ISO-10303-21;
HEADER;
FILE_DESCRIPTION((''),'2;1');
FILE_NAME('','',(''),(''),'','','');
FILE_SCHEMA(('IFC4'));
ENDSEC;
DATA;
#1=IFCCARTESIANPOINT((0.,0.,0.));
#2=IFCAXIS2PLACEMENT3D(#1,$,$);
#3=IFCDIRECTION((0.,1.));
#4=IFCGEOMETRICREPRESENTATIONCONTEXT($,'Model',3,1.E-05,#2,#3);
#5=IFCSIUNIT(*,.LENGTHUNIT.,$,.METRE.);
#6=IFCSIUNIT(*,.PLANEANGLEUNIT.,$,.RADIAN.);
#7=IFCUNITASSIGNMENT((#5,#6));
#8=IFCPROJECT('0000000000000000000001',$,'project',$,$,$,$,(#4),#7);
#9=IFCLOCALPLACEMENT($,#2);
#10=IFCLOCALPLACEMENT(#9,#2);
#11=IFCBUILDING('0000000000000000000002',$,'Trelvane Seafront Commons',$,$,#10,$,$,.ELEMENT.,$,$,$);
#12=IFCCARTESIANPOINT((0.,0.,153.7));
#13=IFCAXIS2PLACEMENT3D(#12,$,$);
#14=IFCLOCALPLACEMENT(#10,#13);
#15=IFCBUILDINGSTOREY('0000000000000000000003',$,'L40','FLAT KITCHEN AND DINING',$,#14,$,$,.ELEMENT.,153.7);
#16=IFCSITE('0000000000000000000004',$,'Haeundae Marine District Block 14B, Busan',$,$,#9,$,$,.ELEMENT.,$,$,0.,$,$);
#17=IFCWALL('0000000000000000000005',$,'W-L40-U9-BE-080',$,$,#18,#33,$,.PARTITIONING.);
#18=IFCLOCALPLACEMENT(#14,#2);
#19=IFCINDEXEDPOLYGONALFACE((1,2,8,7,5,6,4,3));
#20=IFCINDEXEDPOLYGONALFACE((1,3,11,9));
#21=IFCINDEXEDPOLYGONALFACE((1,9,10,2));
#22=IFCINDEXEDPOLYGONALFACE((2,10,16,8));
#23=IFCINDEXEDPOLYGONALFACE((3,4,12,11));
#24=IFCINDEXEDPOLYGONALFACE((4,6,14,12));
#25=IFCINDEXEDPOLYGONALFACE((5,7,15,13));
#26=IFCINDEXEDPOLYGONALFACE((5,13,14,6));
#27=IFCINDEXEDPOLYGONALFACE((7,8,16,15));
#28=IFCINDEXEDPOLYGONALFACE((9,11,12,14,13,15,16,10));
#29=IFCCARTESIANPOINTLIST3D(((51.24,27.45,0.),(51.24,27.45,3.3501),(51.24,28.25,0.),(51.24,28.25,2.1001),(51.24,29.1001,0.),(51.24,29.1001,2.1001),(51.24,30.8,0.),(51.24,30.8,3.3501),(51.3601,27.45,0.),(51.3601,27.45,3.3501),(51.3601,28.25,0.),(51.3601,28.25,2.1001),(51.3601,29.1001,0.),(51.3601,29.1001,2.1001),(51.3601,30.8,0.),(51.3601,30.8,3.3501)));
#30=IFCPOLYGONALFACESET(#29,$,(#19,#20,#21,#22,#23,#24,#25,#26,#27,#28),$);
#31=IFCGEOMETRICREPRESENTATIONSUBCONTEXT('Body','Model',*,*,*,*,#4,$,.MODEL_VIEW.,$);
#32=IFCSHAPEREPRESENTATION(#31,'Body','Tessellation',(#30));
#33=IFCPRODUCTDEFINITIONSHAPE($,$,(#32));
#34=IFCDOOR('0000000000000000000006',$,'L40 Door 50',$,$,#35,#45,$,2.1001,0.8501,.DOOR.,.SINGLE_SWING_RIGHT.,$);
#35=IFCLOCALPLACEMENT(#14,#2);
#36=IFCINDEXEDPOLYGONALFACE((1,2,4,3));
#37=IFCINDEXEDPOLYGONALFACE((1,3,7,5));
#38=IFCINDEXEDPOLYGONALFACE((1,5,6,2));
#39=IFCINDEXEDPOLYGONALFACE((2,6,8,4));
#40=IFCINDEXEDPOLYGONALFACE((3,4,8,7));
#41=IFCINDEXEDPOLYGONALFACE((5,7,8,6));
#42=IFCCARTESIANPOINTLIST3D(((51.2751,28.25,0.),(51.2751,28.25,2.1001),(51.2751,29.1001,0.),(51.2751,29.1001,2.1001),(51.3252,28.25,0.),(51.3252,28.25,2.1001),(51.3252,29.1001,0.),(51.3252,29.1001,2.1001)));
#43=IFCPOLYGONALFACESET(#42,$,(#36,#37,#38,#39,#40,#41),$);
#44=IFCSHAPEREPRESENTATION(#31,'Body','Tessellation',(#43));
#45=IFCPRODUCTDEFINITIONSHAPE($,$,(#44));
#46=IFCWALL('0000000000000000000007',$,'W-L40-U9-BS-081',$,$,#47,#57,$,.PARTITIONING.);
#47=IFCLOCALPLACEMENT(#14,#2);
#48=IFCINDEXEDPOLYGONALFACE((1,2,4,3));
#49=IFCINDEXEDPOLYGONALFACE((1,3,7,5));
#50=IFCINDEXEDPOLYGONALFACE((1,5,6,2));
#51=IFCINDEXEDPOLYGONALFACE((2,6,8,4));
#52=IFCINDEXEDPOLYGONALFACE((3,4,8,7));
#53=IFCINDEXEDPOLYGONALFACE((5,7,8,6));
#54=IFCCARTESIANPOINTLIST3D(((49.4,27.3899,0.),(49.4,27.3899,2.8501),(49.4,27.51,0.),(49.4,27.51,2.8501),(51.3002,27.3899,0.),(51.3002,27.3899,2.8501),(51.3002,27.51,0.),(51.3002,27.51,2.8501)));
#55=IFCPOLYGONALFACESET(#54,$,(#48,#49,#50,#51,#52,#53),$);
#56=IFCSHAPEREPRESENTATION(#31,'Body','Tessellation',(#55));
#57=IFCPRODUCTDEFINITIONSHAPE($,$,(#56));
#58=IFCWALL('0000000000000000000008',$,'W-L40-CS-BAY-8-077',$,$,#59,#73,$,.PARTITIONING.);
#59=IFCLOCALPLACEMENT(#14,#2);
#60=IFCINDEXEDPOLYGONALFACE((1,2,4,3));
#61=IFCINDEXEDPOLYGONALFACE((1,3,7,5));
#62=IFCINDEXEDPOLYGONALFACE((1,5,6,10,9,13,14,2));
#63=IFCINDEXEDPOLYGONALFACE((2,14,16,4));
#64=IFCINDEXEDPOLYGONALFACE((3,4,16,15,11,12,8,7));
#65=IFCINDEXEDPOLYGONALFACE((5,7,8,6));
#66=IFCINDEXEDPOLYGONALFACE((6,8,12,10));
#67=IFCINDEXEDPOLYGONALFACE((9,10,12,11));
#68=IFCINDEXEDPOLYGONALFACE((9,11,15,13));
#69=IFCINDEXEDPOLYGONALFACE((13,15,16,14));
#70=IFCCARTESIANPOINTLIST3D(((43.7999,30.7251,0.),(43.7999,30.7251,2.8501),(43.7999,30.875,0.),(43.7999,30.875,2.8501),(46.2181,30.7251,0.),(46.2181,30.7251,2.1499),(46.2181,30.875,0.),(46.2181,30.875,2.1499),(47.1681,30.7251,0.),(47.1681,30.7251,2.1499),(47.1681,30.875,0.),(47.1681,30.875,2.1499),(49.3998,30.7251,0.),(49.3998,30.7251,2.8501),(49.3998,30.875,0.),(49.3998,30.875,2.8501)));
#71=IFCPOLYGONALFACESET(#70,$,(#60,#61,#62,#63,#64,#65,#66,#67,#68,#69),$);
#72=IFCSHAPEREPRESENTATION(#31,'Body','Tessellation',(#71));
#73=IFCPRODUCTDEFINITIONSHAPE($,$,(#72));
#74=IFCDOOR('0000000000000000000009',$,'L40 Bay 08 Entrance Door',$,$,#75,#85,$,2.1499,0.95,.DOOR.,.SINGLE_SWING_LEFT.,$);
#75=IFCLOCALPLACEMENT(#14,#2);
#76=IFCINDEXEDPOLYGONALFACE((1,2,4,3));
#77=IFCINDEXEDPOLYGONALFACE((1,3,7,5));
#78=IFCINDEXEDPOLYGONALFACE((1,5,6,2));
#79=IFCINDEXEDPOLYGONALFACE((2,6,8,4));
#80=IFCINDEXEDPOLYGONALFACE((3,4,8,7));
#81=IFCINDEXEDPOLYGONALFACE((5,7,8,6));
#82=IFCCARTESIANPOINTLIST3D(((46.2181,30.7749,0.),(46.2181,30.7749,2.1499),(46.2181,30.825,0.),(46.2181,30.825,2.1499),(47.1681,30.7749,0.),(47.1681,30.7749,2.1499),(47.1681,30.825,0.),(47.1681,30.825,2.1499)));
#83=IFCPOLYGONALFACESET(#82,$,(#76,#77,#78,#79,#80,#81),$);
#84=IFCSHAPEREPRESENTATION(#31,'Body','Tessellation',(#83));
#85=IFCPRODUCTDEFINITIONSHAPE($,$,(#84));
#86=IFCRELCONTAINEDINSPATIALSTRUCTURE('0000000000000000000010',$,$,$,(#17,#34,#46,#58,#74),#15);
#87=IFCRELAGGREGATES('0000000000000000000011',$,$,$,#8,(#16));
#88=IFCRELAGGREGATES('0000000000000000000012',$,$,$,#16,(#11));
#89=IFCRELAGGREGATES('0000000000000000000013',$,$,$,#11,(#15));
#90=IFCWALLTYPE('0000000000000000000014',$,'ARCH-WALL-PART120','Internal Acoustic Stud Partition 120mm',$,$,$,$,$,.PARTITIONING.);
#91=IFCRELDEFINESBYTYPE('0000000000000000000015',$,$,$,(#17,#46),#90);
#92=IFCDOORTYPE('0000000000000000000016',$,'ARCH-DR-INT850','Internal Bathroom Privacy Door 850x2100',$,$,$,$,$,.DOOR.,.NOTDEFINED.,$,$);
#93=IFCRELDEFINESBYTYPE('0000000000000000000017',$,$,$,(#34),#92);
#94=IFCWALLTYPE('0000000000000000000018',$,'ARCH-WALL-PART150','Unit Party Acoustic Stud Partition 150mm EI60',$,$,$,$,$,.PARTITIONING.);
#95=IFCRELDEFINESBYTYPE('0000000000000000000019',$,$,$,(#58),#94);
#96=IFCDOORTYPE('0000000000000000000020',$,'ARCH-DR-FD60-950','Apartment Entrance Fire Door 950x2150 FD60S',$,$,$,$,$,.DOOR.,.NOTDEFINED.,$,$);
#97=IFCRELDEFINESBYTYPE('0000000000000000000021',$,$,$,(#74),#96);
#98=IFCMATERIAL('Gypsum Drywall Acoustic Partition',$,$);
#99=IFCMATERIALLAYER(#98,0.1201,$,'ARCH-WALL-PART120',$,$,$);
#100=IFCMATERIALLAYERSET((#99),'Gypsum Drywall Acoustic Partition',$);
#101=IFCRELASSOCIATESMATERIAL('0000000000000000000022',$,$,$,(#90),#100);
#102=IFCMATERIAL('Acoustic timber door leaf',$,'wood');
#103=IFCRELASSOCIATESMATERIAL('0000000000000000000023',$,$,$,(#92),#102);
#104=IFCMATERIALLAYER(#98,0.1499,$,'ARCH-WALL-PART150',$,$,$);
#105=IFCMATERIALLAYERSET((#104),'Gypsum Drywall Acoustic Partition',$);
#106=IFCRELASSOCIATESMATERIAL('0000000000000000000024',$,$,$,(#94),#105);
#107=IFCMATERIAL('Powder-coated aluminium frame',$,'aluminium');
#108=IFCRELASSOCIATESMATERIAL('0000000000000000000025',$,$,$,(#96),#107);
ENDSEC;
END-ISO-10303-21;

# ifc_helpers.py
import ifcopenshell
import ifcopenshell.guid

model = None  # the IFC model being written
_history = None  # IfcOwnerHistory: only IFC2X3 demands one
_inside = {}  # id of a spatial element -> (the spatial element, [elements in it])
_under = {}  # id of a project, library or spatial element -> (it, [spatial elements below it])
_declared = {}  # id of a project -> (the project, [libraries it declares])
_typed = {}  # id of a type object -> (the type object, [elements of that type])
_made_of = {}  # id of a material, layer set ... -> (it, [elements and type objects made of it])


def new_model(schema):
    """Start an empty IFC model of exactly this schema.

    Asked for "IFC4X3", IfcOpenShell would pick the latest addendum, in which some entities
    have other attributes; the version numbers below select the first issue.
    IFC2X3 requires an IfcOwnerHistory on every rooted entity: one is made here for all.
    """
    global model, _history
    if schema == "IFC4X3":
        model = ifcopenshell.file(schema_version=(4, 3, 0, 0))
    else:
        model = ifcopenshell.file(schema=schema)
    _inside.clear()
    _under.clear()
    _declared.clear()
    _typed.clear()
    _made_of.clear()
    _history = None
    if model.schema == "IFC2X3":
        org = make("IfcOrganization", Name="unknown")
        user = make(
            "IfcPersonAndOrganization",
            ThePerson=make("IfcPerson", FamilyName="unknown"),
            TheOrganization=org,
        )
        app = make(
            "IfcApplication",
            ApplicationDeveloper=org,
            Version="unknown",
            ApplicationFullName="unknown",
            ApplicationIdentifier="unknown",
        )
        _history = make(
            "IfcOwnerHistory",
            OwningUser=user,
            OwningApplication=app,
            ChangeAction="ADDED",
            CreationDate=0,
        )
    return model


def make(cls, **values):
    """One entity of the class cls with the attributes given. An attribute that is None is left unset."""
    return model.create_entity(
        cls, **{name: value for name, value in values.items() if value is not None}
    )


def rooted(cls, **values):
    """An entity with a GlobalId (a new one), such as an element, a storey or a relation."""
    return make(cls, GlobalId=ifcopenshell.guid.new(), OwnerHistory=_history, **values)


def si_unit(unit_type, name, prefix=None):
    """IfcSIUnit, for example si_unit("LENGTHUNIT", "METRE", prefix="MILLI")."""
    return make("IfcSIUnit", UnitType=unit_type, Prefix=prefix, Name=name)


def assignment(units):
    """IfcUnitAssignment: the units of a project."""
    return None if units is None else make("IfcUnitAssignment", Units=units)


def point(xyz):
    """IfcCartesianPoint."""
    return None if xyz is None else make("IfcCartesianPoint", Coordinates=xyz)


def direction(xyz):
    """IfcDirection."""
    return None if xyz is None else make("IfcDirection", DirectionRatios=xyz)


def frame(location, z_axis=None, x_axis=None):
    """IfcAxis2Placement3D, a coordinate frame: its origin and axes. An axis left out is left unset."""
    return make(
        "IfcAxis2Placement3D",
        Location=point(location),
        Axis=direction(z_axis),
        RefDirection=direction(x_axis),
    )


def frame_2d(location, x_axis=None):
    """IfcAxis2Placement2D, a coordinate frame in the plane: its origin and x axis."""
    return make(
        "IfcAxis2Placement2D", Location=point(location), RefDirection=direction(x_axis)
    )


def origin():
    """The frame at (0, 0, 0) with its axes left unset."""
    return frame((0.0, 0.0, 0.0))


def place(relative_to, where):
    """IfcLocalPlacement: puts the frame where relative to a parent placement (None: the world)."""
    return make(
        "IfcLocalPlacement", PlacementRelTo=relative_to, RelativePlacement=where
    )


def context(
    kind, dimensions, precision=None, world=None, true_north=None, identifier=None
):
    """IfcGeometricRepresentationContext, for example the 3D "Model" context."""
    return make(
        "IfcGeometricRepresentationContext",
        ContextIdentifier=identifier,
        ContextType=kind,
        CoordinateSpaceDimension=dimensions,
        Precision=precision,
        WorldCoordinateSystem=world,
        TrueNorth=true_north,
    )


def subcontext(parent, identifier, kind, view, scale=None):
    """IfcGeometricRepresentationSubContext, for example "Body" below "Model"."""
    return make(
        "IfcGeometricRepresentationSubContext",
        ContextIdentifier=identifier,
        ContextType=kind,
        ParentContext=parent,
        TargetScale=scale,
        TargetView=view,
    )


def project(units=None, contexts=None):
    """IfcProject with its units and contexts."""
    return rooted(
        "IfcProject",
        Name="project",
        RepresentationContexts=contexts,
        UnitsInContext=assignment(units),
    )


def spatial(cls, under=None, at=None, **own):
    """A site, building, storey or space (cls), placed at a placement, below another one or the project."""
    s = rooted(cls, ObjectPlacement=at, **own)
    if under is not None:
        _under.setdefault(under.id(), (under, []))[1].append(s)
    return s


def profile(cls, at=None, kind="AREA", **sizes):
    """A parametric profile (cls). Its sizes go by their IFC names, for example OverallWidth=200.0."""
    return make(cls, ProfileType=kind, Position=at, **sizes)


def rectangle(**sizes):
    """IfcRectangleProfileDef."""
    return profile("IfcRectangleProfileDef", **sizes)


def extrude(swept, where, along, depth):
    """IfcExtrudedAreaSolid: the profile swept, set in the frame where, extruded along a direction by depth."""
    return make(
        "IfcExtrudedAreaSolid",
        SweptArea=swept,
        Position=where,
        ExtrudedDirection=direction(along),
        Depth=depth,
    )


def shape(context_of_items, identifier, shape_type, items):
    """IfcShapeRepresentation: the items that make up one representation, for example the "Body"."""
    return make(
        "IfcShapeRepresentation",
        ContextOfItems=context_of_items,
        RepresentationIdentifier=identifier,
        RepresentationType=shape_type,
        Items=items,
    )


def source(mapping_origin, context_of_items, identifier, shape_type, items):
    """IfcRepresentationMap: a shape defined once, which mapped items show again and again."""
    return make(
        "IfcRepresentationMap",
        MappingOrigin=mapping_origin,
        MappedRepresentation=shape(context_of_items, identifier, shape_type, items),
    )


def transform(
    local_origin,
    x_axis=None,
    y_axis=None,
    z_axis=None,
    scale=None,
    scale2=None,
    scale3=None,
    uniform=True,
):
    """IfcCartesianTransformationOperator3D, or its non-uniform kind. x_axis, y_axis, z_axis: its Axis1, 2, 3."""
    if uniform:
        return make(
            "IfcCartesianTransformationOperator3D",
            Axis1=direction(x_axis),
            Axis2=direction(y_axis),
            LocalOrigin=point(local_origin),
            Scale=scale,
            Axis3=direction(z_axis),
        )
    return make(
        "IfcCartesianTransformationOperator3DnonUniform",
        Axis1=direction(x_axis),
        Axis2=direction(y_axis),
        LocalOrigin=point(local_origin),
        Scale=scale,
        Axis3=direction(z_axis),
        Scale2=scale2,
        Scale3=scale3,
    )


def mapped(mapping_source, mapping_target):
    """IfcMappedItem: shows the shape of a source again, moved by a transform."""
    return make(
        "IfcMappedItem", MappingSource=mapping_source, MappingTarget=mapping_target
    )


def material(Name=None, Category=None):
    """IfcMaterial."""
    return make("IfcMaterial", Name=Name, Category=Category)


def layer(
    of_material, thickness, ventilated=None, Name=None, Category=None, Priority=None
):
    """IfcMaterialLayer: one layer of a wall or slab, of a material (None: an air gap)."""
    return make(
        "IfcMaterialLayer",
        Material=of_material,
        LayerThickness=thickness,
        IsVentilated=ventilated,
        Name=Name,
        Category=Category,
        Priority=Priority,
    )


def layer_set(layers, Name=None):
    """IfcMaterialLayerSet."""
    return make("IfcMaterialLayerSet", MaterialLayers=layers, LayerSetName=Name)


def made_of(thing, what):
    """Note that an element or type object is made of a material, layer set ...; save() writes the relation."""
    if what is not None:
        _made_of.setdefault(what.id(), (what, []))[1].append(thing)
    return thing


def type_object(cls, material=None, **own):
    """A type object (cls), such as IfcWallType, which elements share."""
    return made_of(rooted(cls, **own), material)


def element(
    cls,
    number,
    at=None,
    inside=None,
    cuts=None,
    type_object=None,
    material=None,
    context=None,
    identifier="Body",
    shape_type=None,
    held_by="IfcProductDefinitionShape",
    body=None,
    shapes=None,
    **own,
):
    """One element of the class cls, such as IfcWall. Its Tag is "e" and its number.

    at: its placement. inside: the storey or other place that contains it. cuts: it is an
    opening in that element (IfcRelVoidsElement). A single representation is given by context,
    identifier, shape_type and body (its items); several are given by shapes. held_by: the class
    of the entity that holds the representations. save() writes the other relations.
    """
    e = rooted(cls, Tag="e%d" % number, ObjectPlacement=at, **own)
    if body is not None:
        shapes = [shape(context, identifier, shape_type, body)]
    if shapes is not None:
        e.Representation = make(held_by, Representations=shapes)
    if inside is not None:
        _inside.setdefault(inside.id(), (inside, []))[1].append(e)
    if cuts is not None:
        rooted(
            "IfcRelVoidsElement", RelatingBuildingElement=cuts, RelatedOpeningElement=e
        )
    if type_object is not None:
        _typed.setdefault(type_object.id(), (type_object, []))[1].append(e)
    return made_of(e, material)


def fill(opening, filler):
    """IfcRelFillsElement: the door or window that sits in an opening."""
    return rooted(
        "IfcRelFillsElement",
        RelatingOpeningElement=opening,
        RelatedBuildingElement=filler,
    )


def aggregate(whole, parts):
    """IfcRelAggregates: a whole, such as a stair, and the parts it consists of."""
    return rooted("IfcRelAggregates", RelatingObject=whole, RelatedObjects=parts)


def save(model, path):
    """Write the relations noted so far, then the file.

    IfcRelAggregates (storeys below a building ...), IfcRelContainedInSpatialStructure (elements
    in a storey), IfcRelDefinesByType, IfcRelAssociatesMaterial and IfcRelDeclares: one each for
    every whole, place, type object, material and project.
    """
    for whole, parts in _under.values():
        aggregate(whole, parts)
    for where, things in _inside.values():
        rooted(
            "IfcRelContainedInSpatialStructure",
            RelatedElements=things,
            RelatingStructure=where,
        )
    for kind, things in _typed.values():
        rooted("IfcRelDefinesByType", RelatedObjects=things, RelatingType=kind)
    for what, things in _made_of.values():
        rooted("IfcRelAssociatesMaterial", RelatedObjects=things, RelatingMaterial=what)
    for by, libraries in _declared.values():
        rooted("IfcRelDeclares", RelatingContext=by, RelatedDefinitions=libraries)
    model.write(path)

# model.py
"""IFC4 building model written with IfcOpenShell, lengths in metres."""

from ifc_helpers import new_model, si_unit, direction, frame, frame_2d, origin, place, context, subcontext, project, spatial, rectangle, extrude, source, transform, mapped, material, layer, layer_set, type_object, element, fill, save


model = new_model("IFC4")

# Units and contexts
model_context = context("Model", 3, precision=1e-05, world=origin(), true_north=direction((0.0, 1.0)))
body_context = subcontext(model_context, "Body", "Model", "MODEL_VIEW")
ifc_project = project(units=[si_unit("LENGTHUNIT", "METRE"), si_unit("PLANEANGLEUNIT", "RADIAN")], contexts=[model_context])

# Site, building, storey
site_placement = place(None, origin())
site = spatial("IfcSite", under=ifc_project, at=site_placement, Name="Haeundae Marine District Block 14B, Busan", CompositionType="ELEMENT", RefElevation=0.0)
building_placement = place(site_placement, origin())
building = spatial("IfcBuilding", under=site, at=building_placement, Name="Trelvane Seafront Commons", CompositionType="ELEMENT")
storey_placement = place(building_placement, frame((0.0, 0.0, 153.7)))
storey = spatial("IfcBuildingStorey", under=building, at=storey_placement, Name="L40", Description="FLAT KITCHEN AND DINING", CompositionType="ELEMENT", Elevation=153.7)

# Wall, opening, door
ifc_material_1 = material(Name="Gypsum Drywall Acoustic Partition")
ifc_layer_1 = layer(ifc_material_1, 0.1201, Name="ARCH-WALL-PART120")
ifc_layer_set_1 = layer_set([ifc_layer_1], Name="Gypsum Drywall Acoustic Partition")
wall_type_1 = type_object("IfcWallType", Name="ARCH-WALL-PART120", Description="Internal Acoustic Stud Partition 120mm", PredefinedType="PARTITIONING", material=ifc_layer_set_1)
wall_1_placement = place(storey_placement, frame((51.3, 27.45, 0.0), z_axis=(0.0, 0.0, 1.0), x_axis=(0.0, 1.0, 0.0)))
wall_1 = element("IfcWall", 1, at=wall_1_placement, inside=storey, type_object=wall_type_1, Name="W-L40-U9-BE-080", PredefinedType="PARTITIONING", context=body_context, shape_type="SweptSolid", body=[
    extrude(rectangle(XDim=3.3501, YDim=0.1201, at=frame_2d((1.675, 0.0))), origin(), (0.0, 0.0, 1.0), 3.3501),
])
opening_1_placement = place(wall_1_placement, frame((0.8, 0.0, 0.0)))
opening_1 = element("IfcOpeningElement", 2, at=opening_1_placement, cuts=wall_1, PredefinedType="OPENING", context=body_context, shape_type="SweptSolid", body=[
    extrude(rectangle(XDim=0.8501, YDim=2.1001, at=frame_2d((0.425, 1.05))), frame((0.0, 0.0701, 0.0), z_axis=(0.0, -1.0, 0.0), x_axis=(1.0, 0.0, 0.0)), (0.0, 0.0, 1.0), 0.1401),
])
ifc_material_2 = material(Name="Acoustic timber door leaf", Category="wood")
door_type_1 = type_object("IfcDoorType", Name="ARCH-DR-INT850", Description="Internal Bathroom Privacy Door 850x2100", OperationType="NOTDEFINED", PredefinedType="DOOR", material=ifc_material_2)
shared_shape_1 = source(origin(), body_context, "Body", "SweptSolid", [
    extrude(rectangle(XDim=0.8501, YDim=2.1001, at=frame_2d((0.425, 1.05))), frame((0.0, 0.0249, 0.0), z_axis=(0.0, -1.0, 0.0), x_axis=(1.0, 0.0, 0.0)), (0.0, 0.0, 1.0), 0.05),
])
door_1_placement = place(opening_1_placement, origin())
door_1 = element("IfcDoor", 3, at=door_1_placement, inside=storey, type_object=door_type_1, Name="L40 Door 50", OperationType="SINGLE_SWING_RIGHT", OverallHeight=2.1001, OverallWidth=0.8501, PredefinedType="DOOR", context=body_context, shape_type="MappedRepresentation", body=[
    mapped(shared_shape_1, transform((0.0, 0.0, 0.0), x_axis=(1.0, 0.0, 0.0), y_axis=(0.0, 1.0, 0.0), z_axis=(0.0, 0.0, 1.0), scale=1.0)),
])
fill(opening_1, door_1)

# Wall
wall_2_placement = place(storey_placement, frame((49.3999, 27.45, 0.0), z_axis=(0.0, 0.0, 1.0), x_axis=(1.0, 0.0, 0.0)))
element("IfcWall", 4, at=wall_2_placement, inside=storey, type_object=wall_type_1, Name="W-L40-U9-BS-081", PredefinedType="PARTITIONING", context=body_context, shape_type="SweptSolid", body=[
    extrude(rectangle(XDim=1.9001, YDim=0.1201, at=frame_2d((0.9502, 0.0))), origin(), (0.0, 0.0, 1.0), 2.8501),
])

# Wall, opening, door
ifc_layer_2 = layer(ifc_material_1, 0.1499, Name="ARCH-WALL-PART150")
ifc_layer_set_2 = layer_set([ifc_layer_2], Name="Gypsum Drywall Acoustic Partition")
wall_type_2 = type_object("IfcWallType", Name="ARCH-WALL-PART150", Description="Unit Party Acoustic Stud Partition 150mm EI60", PredefinedType="PARTITIONING", material=ifc_layer_set_2)
wall_3_placement = place(storey_placement, frame((43.8, 30.8, 0.0), z_axis=(0.0, 0.0, 1.0), x_axis=(1.0, 0.0, 0.0)))
wall_3 = element("IfcWall", 5, at=wall_3_placement, inside=storey, type_object=wall_type_2, Name="W-L40-CS-BAY-8-077", PredefinedType="PARTITIONING", context=body_context, shape_type="SweptSolid", body=[
    extrude(rectangle(XDim=5.5999, YDim=0.1499, at=frame_2d((2.7998, 0.0))), origin(), (0.0, 0.0, 1.0), 2.8501),
])
opening_2_placement = place(wall_3_placement, frame((2.418, 0.0, 0.0)))
opening_2 = element("IfcOpeningElement", 6, at=opening_2_placement, cuts=wall_3, PredefinedType="OPENING", context=body_context, shape_type="SweptSolid", body=[
    extrude(rectangle(XDim=0.95, YDim=2.1499, at=frame_2d((0.4751, 1.075))), frame((0.0, 0.085, 0.0), z_axis=(0.0, -1.0, 0.0), x_axis=(1.0, 0.0, 0.0)), (0.0, 0.0, 1.0), 0.1699),
])
ifc_material_3 = material(Name="Powder-coated aluminium frame", Category="aluminium")
door_type_2 = type_object("IfcDoorType", Name="ARCH-DR-FD60-950", Description="Apartment Entrance Fire Door 950x2150 FD60S", OperationType="NOTDEFINED", PredefinedType="DOOR", material=ifc_material_3)
shared_shape_2 = source(origin(), body_context, "Body", "SweptSolid", [
    extrude(rectangle(XDim=0.95, YDim=2.1499, at=frame_2d((0.4751, 1.075))), frame((0.0, 0.0249, 0.0), z_axis=(0.0, -1.0, 0.0), x_axis=(1.0, 0.0, 0.0)), (0.0, 0.0, 1.0), 0.05),
])
door_2_placement = place(opening_2_placement, origin())
door_2 = element("IfcDoor", 7, at=door_2_placement, inside=storey, type_object=door_type_2, Name="L40 Bay 08 Entrance Door", OperationType="SINGLE_SWING_LEFT", OverallHeight=2.1499, OverallWidth=0.95, PredefinedType="DOOR", context=body_context, shape_type="MappedRepresentation", body=[
    mapped(shared_shape_2, transform((0.0, 0.0, 0.0), x_axis=(1.0, 0.0, 0.0), y_axis=(0.0, 1.0, 0.0), z_axis=(0.0, 0.0, 1.0), scale=1.0)),
])
fill(opening_2, door_2)

save(model, "model.ifc")
